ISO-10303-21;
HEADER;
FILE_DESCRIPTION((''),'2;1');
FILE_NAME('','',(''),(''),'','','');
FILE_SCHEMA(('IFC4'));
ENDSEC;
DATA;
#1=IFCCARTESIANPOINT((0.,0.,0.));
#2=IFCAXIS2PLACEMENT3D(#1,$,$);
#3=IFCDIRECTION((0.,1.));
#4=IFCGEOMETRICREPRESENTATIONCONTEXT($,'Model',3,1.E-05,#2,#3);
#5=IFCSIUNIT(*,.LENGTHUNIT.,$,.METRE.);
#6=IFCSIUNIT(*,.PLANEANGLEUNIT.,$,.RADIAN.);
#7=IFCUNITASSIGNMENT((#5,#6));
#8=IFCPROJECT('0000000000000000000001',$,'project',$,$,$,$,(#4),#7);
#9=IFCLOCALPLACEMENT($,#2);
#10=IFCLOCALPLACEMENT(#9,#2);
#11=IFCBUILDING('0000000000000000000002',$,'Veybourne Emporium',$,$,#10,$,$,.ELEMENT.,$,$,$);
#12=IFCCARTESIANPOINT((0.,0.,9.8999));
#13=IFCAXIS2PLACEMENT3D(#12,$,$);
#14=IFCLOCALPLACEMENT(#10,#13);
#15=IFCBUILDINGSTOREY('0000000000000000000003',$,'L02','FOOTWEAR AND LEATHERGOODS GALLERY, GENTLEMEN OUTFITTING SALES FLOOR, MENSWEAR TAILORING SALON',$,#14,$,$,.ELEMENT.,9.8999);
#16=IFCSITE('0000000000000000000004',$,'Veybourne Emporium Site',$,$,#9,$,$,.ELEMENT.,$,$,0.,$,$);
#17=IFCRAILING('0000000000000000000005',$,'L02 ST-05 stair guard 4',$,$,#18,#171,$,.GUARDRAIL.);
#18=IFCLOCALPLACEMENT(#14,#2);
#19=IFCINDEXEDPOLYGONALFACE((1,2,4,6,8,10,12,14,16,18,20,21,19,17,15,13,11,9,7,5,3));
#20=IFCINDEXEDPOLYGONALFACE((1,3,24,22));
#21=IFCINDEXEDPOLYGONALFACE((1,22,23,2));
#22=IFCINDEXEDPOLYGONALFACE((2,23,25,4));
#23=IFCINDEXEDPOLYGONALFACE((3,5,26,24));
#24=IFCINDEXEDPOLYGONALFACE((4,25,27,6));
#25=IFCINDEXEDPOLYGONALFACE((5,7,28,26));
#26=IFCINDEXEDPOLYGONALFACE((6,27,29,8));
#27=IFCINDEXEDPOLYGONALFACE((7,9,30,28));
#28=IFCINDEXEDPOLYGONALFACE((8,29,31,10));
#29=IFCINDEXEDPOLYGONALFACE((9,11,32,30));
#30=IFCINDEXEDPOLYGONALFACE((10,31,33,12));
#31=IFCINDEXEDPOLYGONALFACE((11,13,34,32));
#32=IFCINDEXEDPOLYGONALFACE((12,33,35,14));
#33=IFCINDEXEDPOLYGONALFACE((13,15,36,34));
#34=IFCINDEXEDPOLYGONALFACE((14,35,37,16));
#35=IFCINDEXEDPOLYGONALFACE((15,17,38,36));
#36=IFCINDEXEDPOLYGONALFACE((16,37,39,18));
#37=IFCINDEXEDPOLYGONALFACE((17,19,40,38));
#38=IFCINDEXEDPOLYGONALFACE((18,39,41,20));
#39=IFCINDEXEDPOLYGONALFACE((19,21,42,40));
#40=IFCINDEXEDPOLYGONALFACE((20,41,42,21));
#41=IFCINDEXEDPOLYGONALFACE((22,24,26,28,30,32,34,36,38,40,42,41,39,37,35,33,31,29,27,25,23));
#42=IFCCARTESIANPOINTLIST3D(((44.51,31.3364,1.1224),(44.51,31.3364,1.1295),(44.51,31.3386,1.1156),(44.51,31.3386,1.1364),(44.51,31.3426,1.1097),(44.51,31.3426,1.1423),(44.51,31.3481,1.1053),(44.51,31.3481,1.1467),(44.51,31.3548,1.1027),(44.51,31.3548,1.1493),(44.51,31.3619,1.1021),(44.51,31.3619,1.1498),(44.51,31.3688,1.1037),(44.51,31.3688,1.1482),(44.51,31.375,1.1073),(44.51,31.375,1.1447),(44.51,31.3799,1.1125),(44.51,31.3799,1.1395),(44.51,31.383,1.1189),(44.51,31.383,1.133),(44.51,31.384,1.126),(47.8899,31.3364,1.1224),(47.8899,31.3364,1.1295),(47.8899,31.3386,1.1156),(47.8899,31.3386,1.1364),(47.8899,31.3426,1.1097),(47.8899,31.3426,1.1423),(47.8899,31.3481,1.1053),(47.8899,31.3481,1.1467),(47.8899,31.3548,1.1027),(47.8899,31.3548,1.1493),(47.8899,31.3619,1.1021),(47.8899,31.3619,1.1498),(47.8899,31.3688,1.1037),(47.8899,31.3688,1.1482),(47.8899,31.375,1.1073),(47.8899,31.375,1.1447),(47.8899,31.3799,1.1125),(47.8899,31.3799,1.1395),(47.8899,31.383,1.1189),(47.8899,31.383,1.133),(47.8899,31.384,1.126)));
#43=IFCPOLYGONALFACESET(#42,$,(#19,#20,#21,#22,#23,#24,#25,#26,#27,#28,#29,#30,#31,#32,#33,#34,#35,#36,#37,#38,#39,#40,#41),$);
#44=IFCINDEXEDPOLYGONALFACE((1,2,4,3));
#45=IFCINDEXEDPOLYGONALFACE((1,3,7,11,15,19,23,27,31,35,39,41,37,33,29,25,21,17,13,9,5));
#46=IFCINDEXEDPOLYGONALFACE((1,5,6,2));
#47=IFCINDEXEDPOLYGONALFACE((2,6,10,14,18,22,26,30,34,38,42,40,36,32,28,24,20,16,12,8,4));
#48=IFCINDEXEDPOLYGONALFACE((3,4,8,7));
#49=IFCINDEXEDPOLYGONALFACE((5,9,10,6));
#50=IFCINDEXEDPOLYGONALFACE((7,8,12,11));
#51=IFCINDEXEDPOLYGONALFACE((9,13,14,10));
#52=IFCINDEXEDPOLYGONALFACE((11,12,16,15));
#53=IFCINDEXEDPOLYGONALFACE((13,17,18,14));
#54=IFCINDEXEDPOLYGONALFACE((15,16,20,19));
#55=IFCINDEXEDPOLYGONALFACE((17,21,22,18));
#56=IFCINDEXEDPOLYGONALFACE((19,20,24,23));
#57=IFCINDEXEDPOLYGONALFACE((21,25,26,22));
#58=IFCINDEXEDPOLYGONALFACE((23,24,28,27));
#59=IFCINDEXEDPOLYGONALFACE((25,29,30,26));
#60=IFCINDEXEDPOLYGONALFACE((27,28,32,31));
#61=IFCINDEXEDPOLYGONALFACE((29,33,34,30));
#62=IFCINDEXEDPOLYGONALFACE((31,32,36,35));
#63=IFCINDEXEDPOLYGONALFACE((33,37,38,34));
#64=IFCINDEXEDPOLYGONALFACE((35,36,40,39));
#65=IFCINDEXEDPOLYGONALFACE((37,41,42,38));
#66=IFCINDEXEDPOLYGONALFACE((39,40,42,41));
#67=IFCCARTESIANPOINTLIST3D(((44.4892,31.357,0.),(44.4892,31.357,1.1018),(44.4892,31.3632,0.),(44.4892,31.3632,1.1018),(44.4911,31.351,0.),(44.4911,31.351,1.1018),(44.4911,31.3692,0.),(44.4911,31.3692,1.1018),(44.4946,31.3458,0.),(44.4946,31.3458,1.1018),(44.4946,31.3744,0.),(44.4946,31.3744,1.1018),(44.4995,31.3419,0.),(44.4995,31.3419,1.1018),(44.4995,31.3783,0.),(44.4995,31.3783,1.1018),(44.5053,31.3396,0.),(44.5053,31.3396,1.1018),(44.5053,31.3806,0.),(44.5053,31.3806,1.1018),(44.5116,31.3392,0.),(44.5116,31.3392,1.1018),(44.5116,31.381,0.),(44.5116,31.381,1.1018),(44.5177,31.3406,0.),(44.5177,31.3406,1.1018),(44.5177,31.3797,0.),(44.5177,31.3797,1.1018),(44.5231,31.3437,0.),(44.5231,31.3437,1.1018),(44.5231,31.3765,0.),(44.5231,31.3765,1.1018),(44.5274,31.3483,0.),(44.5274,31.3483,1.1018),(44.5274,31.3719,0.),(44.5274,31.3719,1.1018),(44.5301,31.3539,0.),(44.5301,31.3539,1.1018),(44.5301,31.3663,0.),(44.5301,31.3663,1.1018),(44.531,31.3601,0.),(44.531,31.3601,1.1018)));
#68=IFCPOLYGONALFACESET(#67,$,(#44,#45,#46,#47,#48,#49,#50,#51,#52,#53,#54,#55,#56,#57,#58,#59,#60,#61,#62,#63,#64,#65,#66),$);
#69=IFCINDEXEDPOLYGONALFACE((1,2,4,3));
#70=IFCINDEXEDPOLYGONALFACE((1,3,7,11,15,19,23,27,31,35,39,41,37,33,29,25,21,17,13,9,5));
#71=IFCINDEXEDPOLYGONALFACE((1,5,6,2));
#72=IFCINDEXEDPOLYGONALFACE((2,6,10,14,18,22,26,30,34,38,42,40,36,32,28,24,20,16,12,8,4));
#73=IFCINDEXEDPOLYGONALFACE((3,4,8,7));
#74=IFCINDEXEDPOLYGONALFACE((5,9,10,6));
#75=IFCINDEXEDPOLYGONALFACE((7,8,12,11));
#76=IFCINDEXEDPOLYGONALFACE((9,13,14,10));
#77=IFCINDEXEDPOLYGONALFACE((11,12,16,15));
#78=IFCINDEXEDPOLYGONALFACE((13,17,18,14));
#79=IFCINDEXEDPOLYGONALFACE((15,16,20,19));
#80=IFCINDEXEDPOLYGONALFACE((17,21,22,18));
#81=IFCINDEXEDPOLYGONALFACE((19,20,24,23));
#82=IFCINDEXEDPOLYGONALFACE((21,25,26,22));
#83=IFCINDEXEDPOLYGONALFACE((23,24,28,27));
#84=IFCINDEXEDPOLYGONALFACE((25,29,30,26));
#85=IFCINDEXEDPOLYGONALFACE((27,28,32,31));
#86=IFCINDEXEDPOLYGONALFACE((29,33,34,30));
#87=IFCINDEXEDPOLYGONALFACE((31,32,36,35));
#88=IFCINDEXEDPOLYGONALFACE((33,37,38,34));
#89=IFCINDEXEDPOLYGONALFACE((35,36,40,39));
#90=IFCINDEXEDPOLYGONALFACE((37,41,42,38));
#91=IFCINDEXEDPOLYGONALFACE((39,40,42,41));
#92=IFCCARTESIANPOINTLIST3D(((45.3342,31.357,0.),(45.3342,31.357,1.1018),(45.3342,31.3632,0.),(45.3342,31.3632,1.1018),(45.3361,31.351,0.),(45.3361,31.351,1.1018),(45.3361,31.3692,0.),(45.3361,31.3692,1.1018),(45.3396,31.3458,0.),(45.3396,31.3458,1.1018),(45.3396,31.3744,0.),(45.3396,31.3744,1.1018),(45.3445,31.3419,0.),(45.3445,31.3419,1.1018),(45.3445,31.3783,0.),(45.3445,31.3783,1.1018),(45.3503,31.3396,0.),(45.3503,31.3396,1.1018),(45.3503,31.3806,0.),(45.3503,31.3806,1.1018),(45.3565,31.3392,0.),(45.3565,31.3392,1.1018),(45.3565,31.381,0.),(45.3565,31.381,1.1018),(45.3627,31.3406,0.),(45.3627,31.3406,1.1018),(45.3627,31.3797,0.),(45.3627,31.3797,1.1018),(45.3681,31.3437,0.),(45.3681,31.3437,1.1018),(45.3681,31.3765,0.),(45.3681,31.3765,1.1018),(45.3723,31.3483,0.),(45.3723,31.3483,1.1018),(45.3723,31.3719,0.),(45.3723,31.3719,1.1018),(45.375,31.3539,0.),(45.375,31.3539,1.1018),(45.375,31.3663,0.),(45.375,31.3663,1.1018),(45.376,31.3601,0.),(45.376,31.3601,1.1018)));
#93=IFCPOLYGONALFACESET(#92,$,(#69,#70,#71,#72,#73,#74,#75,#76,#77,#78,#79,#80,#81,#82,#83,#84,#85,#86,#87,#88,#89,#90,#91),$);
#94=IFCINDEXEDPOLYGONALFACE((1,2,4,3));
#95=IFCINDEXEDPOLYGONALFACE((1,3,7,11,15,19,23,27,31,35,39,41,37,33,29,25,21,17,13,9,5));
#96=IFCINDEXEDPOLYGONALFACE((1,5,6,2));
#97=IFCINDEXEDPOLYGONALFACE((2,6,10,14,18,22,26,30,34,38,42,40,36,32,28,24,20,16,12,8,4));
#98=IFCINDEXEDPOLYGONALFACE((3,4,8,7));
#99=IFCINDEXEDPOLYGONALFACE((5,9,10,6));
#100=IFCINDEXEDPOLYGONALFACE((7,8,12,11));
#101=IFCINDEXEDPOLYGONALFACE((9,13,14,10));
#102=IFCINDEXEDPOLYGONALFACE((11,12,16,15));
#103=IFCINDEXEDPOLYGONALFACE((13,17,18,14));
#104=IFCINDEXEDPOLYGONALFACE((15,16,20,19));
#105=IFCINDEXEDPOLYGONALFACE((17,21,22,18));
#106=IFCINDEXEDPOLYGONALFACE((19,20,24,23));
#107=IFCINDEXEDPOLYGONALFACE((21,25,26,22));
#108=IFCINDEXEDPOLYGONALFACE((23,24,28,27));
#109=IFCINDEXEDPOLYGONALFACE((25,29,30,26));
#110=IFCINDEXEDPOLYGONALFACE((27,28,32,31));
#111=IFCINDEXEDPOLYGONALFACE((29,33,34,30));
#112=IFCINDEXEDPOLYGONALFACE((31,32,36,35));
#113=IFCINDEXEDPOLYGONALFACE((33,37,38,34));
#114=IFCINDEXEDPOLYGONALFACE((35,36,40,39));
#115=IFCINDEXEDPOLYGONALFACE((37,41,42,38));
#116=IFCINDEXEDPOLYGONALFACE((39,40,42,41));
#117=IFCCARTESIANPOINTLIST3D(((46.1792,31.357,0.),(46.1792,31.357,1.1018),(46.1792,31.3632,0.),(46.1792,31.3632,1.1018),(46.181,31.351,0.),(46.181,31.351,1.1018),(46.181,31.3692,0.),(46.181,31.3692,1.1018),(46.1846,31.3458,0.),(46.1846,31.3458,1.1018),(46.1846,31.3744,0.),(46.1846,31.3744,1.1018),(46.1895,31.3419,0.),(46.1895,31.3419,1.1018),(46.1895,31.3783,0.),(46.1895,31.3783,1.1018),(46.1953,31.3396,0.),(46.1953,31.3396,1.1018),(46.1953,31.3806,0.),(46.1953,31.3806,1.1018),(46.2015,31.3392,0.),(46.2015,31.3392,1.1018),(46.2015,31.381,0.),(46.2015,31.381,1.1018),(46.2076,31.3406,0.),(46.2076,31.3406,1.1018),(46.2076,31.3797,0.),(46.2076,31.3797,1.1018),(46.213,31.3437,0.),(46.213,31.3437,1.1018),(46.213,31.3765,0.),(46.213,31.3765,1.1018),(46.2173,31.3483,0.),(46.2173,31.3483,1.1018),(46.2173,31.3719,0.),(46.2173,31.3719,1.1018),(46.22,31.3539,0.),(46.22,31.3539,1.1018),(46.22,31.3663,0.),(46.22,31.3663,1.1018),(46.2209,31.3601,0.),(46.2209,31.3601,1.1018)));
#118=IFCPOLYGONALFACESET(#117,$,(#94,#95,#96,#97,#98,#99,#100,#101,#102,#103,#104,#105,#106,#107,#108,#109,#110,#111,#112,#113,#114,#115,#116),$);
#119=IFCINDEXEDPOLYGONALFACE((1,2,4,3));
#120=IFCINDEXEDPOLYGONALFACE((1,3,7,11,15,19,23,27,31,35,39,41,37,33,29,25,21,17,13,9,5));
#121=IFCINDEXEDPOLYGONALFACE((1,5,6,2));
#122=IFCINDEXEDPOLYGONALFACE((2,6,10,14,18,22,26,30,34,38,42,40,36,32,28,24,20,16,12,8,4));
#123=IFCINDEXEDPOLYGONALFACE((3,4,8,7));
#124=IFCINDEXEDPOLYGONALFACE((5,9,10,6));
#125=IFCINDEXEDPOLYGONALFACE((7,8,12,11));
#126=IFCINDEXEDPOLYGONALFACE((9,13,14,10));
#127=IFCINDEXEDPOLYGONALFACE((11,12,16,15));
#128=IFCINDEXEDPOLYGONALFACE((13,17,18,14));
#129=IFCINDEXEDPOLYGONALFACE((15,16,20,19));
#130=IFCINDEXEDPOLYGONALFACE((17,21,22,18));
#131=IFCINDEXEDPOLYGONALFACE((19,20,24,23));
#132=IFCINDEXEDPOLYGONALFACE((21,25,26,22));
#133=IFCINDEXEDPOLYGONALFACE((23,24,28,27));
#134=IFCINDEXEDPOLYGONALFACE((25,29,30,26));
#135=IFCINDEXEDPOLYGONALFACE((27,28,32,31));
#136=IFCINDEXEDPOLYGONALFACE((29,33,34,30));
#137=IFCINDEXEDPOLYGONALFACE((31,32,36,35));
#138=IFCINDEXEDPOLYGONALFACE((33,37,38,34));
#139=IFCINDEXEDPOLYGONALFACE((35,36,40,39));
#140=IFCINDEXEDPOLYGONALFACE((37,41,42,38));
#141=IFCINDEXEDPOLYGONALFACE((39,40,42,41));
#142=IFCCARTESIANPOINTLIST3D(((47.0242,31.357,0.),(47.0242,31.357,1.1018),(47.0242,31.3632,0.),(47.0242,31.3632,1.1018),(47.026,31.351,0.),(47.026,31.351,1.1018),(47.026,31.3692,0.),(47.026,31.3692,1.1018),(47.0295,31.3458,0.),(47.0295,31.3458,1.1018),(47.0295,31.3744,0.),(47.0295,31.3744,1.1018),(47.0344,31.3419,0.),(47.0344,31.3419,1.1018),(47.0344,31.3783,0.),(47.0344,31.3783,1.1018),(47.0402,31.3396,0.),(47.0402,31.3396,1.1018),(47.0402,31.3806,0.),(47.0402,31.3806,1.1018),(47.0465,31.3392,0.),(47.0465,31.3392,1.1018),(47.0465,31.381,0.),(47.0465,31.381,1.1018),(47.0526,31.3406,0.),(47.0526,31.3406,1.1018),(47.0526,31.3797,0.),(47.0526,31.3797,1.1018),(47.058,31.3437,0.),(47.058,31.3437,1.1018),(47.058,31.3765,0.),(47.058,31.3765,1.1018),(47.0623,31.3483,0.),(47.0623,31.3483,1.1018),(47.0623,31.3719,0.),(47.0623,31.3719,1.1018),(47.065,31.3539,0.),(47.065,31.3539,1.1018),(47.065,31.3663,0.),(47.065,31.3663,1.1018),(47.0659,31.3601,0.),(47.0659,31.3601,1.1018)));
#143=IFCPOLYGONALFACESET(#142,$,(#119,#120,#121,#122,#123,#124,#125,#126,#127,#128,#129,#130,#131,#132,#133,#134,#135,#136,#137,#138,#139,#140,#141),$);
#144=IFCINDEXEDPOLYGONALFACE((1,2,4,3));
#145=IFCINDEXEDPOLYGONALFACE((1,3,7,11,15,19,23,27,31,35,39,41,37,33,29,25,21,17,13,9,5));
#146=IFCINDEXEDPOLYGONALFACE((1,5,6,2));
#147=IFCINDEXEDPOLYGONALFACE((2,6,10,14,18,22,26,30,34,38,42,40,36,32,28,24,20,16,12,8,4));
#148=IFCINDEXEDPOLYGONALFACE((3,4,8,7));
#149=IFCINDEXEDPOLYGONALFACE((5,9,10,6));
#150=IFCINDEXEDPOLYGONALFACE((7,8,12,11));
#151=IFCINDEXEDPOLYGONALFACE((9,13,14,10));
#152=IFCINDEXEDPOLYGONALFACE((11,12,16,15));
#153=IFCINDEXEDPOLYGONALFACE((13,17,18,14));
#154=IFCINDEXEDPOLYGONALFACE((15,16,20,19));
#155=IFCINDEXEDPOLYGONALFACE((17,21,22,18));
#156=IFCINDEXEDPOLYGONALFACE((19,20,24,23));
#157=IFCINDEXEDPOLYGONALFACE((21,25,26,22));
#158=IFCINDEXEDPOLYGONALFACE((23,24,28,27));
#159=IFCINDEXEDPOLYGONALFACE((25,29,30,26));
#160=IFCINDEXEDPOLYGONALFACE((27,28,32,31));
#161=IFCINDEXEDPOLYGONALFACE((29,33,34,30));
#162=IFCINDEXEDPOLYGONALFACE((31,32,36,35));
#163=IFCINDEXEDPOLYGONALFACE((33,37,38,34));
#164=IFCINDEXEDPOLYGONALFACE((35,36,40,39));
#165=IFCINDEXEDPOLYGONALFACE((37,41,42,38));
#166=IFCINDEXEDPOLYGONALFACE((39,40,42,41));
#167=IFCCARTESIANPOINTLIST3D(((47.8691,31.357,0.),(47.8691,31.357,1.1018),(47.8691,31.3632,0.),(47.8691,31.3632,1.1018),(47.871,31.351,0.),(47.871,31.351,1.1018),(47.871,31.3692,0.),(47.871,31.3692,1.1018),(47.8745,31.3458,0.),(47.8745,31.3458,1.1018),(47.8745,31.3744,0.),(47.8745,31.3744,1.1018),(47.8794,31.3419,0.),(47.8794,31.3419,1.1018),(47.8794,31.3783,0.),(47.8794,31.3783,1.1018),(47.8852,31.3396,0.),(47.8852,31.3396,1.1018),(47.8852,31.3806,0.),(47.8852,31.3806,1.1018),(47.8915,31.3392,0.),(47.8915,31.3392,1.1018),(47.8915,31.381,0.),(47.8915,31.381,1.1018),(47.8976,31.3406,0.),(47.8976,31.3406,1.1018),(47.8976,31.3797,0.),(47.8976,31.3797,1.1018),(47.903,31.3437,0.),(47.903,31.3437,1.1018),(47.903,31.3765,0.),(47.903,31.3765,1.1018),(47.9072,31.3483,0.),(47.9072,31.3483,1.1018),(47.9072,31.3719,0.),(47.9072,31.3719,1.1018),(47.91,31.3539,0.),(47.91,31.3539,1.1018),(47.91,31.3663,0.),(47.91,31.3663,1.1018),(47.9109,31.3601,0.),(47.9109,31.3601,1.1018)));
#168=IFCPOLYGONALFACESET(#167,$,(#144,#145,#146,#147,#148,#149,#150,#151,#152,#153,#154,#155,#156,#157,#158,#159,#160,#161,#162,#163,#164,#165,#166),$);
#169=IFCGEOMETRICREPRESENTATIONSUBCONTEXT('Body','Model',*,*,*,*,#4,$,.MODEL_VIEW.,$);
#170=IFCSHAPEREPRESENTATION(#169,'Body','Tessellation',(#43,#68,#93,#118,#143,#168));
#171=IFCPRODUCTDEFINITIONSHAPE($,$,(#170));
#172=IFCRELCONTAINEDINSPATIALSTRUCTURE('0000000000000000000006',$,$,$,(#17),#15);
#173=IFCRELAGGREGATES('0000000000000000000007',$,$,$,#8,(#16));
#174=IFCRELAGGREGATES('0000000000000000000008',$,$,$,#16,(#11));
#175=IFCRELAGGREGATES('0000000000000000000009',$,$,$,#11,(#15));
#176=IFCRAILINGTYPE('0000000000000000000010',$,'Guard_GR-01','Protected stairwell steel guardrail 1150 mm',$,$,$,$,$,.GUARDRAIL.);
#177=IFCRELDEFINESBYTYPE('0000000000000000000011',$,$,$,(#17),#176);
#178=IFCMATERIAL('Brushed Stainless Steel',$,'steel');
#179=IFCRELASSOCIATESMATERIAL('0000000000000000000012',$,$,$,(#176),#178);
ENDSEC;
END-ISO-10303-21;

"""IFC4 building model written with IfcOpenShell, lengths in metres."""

from ifc_helpers import new_model, si_unit, direction, frame, origin, origin_2d, place, context, subcontext, project, spatial, circle, extrude, material, type_object, element, save


model = new_model("IFC4")

# Units and contexts
model_context = context("Model", 3, precision=1e-05, world=origin(), true_north=direction((0.0, 1.0)))
body_context = subcontext(model_context, "Body", "Model", "MODEL_VIEW")
ifc_project = project(units=[si_unit("LENGTHUNIT", "METRE"), si_unit("PLANEANGLEUNIT", "RADIAN")], contexts=[model_context])

# Site, building, storey
site_placement = place(None, origin())
site = spatial("IfcSite", under=ifc_project, at=site_placement, Name="Veybourne Emporium Site", CompositionType="ELEMENT", RefElevation=0.0)
building_placement = place(site_placement, origin())
building = spatial("IfcBuilding", under=site, at=building_placement, Name="Veybourne Emporium", CompositionType="ELEMENT")
storey_placement = place(building_placement, frame((0.0, 0.0, 9.8999)))
storey = spatial("IfcBuildingStorey", under=building, at=storey_placement, Name="L02", Description="FOOTWEAR AND LEATHERGOODS GALLERY, GENTLEMEN OUTFITTING SALES FLOOR, MENSWEAR TAILORING SALON", CompositionType="ELEMENT", Elevation=9.8999)

# Railing
ifc_material_1 = material(Name="Brushed Stainless Steel", Category="steel")
railing_type_1 = type_object("IfcRailingType", Name="Guard_GR-01", Description="Protected stairwell steel guardrail 1150 mm", PredefinedType="GUARDRAIL", material=ifc_material_1)
railing_1_placement = place(storey_placement, frame((44.51, 31.3601, 0.0)))
element("IfcRailing", 1, at=railing_1_placement, inside=storey, type_object=railing_type_1, Name="L02 ST-05 stair guard 4", PredefinedType="GUARDRAIL", context=body_context, shape_type="SweptSolid", body=[
    extrude(circle(Radius=0.0239, at=origin_2d()), frame((0.0, 0.0, 1.126), z_axis=(1.0, 0.0, 0.0), x_axis=(0.0, 1.0, 0.0)), (0.0, 0.0, 1.0), 3.3799),
    extrude(circle(Radius=0.021, at=origin_2d()), origin(), (0.0, 0.0, 1.0), 1.1018),
    extrude(circle(Radius=0.021, at=origin_2d()), frame((0.845, 0.0, 0.0)), (0.0, 0.0, 1.0), 1.1018),
    extrude(circle(Radius=0.021, at=origin_2d()), frame((1.6899, 0.0, 0.0)), (0.0, 0.0, 1.0), 1.1018),
    extrude(circle(Radius=0.021, at=origin_2d()), frame((2.5349, 0.0, 0.0)), (0.0, 0.0, 1.0), 1.1018),
    extrude(circle(Radius=0.021, at=origin_2d()), frame((3.3799, 0.0, 0.0)), (0.0, 0.0, 1.0), 1.1018),
])

save(model, "model.ifc")
